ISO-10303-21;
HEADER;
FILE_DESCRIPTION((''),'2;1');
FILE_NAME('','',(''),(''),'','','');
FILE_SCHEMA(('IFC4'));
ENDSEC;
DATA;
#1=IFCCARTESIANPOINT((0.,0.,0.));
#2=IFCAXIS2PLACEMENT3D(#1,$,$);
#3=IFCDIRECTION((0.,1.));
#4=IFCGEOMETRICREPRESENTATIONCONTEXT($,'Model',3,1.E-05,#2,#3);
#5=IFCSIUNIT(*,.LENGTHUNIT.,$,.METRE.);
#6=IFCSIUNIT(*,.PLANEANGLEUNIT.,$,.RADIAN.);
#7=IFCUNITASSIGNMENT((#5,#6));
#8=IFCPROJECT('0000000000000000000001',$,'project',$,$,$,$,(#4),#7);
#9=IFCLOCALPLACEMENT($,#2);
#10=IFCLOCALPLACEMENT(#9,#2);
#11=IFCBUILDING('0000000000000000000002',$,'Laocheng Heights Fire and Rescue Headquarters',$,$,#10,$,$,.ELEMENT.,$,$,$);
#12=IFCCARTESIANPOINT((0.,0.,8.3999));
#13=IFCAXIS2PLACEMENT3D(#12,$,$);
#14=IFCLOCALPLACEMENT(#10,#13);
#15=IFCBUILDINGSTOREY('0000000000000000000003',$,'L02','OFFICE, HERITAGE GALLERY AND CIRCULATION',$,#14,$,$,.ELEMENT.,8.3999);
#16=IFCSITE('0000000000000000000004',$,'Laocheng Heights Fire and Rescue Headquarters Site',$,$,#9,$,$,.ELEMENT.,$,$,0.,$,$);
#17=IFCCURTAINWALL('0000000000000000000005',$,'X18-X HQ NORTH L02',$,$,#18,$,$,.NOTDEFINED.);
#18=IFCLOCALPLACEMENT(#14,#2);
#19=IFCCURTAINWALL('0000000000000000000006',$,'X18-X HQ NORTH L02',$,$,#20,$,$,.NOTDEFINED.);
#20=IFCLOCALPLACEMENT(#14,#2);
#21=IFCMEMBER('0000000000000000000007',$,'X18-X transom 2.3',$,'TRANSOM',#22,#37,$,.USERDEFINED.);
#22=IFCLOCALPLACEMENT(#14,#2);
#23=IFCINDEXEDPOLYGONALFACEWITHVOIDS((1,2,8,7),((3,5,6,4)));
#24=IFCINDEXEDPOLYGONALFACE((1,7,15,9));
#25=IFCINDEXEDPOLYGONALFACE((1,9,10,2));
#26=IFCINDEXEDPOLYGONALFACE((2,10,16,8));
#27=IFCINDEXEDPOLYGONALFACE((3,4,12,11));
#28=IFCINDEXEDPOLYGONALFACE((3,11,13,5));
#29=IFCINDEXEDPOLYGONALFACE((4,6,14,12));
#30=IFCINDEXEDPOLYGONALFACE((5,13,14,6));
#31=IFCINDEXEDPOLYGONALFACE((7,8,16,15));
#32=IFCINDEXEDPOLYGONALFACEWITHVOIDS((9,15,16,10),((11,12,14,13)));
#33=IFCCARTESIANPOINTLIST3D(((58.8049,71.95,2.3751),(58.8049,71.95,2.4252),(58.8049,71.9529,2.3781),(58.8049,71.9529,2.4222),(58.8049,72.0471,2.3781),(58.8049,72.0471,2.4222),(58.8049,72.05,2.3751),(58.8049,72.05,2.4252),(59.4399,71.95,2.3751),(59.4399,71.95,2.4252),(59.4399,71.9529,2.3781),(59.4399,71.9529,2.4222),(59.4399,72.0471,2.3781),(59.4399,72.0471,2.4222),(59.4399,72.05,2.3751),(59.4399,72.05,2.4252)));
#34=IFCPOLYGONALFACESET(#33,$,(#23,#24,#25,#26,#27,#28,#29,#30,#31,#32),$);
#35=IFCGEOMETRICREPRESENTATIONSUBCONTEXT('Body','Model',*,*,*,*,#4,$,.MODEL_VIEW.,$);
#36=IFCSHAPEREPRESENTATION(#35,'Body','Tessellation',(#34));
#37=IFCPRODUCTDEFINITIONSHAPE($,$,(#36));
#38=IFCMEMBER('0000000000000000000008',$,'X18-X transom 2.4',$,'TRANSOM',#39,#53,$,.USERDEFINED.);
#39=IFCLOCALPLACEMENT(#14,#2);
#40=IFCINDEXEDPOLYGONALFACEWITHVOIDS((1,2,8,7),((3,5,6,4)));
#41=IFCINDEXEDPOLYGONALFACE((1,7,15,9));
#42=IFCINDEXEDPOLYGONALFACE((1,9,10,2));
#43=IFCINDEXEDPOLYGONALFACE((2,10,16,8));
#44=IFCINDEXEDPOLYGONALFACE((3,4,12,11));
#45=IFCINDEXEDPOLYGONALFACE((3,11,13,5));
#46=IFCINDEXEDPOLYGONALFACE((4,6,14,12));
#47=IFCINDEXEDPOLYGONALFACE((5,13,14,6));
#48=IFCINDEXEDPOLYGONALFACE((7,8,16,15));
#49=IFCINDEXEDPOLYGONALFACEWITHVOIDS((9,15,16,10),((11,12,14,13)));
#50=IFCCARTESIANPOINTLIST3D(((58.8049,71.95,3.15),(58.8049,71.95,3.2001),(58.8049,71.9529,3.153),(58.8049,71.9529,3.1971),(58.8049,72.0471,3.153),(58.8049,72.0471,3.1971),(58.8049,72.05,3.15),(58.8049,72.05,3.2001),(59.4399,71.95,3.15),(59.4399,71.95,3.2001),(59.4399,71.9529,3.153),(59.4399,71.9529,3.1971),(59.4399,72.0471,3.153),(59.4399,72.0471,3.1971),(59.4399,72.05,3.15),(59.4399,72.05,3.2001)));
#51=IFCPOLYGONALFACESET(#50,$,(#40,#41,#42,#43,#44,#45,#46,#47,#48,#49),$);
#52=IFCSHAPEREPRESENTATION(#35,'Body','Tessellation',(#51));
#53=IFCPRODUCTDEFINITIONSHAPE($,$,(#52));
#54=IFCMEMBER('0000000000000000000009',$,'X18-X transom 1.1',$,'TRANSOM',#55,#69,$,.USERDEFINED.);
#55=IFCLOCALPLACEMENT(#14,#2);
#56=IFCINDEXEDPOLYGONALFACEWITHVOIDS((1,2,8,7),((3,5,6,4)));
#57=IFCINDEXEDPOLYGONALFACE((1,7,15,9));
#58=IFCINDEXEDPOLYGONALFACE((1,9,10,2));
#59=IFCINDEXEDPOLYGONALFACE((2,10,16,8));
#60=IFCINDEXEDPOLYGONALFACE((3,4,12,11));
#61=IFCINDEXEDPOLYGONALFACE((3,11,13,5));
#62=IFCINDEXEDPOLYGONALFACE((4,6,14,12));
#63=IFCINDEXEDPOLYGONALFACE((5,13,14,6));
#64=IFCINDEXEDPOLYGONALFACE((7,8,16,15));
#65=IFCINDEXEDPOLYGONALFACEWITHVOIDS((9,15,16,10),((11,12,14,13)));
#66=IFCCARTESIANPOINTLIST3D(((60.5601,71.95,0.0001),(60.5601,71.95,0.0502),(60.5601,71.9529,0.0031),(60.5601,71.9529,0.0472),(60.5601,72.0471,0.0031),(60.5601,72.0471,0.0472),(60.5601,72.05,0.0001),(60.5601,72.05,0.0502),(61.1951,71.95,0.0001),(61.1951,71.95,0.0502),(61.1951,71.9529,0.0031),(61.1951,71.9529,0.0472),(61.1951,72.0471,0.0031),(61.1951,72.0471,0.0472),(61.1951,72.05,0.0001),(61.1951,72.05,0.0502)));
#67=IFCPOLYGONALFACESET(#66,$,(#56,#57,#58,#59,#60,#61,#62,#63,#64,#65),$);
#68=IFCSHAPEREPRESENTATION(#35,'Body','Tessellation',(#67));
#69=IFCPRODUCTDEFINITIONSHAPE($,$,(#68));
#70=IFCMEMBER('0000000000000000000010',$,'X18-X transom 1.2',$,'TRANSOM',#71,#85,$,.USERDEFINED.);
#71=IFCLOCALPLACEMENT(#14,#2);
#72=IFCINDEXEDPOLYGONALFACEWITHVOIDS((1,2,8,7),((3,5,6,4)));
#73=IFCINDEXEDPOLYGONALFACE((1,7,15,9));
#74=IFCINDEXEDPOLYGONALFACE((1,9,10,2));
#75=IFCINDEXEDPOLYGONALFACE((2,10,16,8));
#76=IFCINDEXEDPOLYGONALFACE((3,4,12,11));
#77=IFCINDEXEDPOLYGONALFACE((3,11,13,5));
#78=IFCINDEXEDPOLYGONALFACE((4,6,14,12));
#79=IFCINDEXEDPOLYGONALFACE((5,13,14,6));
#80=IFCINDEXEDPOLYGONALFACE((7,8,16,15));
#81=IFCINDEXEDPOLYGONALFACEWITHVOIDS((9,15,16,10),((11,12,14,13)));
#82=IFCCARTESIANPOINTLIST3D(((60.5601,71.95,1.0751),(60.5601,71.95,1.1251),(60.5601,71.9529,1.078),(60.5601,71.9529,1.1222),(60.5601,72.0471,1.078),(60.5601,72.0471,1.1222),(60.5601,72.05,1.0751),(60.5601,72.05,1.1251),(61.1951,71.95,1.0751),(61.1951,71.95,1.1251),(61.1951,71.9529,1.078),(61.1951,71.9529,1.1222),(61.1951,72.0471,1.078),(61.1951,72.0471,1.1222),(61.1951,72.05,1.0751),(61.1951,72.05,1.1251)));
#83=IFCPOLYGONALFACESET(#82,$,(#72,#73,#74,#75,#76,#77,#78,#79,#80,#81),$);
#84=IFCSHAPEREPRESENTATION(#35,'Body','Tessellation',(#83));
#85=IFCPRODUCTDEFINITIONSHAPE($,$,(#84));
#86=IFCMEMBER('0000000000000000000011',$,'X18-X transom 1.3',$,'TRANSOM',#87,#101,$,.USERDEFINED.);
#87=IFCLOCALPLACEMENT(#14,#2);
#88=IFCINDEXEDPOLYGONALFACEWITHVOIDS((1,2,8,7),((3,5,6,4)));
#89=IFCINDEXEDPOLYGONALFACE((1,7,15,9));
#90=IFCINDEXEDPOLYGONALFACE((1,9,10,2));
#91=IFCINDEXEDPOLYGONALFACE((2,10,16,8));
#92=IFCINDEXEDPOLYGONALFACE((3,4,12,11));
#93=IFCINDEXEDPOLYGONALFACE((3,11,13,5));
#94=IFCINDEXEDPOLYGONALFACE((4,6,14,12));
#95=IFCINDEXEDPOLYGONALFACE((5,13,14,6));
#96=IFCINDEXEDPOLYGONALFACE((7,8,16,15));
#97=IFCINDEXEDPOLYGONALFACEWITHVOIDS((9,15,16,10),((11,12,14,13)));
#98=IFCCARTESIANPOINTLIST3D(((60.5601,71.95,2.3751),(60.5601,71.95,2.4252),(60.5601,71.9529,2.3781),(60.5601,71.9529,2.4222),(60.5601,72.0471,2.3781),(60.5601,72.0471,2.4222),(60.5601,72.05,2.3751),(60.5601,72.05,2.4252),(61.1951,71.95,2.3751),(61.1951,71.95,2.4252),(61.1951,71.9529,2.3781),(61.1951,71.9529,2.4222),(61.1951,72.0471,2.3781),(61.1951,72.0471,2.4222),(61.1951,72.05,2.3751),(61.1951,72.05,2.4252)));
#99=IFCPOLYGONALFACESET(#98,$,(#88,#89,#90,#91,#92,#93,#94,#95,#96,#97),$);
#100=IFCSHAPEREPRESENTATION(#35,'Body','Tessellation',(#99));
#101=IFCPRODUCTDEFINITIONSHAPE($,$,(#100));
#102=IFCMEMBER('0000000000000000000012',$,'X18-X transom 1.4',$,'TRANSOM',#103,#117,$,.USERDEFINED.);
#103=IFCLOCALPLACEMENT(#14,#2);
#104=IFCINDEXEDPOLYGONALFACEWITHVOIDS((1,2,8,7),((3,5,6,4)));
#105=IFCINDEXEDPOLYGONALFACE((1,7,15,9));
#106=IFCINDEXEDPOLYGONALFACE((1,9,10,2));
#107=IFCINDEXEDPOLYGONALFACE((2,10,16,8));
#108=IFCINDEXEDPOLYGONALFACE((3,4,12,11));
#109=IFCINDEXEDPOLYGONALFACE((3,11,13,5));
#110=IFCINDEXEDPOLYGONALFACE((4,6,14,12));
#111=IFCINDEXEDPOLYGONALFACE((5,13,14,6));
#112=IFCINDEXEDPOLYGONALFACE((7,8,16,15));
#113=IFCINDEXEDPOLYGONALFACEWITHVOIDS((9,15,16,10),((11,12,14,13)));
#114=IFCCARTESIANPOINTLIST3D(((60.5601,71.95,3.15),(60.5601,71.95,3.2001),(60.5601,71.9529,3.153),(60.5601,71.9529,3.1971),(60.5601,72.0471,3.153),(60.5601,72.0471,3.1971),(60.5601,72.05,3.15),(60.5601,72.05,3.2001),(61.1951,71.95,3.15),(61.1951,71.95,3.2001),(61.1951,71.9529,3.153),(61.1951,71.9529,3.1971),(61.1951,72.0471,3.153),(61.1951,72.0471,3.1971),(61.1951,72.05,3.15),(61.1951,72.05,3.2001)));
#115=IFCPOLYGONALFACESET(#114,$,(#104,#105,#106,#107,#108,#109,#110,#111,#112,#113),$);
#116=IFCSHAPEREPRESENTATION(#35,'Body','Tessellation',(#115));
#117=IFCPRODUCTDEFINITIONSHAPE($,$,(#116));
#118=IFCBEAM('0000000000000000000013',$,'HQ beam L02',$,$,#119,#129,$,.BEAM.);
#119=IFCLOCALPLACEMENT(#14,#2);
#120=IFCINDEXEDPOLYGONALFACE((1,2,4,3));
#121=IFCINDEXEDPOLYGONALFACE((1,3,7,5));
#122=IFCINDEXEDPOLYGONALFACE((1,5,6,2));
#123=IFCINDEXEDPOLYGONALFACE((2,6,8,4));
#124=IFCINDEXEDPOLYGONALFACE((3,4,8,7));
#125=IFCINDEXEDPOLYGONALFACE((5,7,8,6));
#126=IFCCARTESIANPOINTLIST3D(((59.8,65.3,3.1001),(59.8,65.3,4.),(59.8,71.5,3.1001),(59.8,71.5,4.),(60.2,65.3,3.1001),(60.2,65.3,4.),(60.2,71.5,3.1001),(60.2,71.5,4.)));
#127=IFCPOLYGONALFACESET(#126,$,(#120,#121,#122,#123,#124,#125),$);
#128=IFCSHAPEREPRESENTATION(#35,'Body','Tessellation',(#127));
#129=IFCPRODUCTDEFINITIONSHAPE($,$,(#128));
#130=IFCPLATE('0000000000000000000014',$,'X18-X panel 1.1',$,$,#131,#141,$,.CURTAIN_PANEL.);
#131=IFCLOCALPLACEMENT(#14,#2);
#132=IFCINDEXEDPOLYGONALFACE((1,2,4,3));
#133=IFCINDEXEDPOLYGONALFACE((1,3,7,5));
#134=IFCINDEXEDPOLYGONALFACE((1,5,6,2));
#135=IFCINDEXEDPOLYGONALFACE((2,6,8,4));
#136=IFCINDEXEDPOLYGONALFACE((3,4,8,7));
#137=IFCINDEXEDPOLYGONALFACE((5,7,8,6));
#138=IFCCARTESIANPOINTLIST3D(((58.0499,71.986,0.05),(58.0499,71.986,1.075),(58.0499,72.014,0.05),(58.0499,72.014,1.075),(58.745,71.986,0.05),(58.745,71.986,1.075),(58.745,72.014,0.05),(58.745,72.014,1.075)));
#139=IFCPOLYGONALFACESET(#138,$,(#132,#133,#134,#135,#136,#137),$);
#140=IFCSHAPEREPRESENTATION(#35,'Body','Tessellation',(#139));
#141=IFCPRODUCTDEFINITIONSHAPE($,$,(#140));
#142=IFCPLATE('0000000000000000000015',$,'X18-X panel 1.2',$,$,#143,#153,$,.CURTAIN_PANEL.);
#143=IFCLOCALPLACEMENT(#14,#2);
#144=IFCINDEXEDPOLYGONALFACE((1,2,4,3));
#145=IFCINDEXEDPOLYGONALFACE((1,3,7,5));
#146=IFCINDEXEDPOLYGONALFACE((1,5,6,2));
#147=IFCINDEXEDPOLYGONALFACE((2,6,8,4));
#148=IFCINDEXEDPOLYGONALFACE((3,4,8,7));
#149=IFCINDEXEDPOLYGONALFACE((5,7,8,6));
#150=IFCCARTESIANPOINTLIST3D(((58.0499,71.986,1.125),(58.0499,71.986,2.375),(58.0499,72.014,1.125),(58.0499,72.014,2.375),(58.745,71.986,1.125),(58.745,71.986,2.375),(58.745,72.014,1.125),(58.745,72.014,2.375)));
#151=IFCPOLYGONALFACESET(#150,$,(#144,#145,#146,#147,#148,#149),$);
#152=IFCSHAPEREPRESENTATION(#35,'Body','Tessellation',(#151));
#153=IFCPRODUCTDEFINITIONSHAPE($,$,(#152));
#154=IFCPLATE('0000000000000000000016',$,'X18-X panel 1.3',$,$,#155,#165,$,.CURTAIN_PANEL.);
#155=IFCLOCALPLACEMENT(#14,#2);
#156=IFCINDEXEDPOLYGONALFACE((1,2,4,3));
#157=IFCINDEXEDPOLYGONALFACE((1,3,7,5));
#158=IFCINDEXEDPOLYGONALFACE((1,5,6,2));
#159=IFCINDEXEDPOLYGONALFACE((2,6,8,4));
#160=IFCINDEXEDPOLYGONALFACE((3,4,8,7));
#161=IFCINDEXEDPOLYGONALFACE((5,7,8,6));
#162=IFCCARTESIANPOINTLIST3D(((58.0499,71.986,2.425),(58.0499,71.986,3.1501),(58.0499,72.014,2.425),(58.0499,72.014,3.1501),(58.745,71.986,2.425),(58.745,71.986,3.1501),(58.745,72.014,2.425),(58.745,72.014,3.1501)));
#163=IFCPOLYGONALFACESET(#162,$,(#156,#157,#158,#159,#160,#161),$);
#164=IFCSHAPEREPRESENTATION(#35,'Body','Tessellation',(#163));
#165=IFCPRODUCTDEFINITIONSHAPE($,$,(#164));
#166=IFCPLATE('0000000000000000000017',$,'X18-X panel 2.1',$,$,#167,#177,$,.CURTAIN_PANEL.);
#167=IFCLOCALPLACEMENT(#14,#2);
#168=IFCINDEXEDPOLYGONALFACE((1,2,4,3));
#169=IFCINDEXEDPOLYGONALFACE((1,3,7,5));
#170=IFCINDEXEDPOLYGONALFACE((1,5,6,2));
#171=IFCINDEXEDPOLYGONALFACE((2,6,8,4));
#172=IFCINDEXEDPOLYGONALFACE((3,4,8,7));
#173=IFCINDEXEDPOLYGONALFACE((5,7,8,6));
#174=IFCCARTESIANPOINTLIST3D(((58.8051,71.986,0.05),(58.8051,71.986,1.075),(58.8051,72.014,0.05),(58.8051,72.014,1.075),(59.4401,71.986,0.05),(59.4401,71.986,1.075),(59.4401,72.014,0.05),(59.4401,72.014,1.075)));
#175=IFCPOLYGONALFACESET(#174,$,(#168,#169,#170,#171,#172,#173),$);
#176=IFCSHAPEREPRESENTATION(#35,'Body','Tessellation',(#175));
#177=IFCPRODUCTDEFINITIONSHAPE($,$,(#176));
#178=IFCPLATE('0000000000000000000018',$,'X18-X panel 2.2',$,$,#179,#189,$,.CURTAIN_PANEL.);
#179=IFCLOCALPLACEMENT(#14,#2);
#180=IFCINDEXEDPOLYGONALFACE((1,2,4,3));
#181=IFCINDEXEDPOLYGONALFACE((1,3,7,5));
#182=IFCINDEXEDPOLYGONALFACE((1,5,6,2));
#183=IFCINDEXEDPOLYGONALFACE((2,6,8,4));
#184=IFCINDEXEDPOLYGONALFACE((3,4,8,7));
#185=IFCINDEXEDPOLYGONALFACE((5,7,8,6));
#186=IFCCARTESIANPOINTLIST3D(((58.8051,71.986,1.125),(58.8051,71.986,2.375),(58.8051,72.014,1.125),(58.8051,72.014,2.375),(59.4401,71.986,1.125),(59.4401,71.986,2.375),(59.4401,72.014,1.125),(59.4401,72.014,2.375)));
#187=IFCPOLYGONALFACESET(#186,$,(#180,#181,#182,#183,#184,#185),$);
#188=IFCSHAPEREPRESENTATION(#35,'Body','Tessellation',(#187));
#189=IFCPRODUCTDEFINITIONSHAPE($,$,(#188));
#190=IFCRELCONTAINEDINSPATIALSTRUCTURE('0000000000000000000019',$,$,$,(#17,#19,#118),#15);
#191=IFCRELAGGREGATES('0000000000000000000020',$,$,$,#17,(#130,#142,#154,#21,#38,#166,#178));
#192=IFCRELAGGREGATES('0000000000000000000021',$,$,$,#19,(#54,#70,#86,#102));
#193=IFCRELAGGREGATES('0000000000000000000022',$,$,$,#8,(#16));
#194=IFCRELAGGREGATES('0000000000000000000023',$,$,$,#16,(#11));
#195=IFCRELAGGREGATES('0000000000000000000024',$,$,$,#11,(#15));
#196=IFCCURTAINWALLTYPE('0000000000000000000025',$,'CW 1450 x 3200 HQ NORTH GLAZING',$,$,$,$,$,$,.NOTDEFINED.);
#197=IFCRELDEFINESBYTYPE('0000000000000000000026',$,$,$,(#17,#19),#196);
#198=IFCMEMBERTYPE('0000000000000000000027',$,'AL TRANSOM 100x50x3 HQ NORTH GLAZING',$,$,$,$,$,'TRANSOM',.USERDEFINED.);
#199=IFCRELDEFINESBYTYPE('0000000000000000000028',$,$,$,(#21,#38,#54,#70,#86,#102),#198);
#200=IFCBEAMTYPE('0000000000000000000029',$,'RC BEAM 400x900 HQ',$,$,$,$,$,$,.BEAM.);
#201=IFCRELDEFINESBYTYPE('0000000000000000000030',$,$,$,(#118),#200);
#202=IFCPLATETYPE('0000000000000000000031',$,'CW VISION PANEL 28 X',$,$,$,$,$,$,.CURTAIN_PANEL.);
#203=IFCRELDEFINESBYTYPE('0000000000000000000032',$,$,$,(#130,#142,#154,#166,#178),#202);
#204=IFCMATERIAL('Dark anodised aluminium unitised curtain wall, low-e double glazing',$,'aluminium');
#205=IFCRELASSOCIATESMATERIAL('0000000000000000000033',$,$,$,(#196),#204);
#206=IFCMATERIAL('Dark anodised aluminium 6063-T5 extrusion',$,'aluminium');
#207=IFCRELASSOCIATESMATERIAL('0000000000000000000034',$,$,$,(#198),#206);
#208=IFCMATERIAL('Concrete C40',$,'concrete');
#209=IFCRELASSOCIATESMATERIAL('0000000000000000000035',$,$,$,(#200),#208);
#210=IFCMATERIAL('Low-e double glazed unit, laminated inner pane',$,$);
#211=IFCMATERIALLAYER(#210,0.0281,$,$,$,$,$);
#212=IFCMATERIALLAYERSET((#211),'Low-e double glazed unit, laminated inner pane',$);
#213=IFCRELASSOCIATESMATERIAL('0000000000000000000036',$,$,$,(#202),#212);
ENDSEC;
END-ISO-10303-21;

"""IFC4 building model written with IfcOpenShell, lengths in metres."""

from ifc_helpers import new_model, si_unit, direction, frame, origin, origin_2d, place, context, subcontext, project, spatial, rectangle, hollow_rectangle, extrude, material, layer, layer_set, material_profile, profile_set, type_object, element, aggregate, save


model = new_model("IFC4")

# Units and contexts
model_context = context("Model", 3, precision=1e-05, world=origin(), true_north=direction((0.0, 1.0)))
body_context = subcontext(model_context, "Body", "Model", "MODEL_VIEW")
ifc_project = project(units=[si_unit("LENGTHUNIT", "METRE"), si_unit("PLANEANGLEUNIT", "RADIAN")], contexts=[model_context])

# Site, building, storey
site_placement = place(None, origin())
site = spatial("IfcSite", under=ifc_project, at=site_placement, Name="Laocheng Heights Fire and Rescue Headquarters Site", CompositionType="ELEMENT", RefElevation=0.0)
building_placement = place(site_placement, origin())
building = spatial("IfcBuilding", under=site, at=building_placement, Name="Laocheng Heights Fire and Rescue Headquarters", CompositionType="ELEMENT")
storey_placement = place(building_placement, frame((0.0, 0.0, 8.3999)))
storey = spatial("IfcBuildingStorey", under=building, at=storey_placement, Name="L02", Description="OFFICE, HERITAGE GALLERY AND CIRCULATION", CompositionType="ELEMENT", Elevation=8.3999)

# Curtain wall
ifc_material_1 = material(Name="Dark anodised aluminium unitised curtain wall, low-e double glazing", Category="aluminium")
curtain_wall_type = type_object("IfcCurtainWallType", Name="CW 1450 x 3200 HQ NORTH GLAZING", PredefinedType="NOTDEFINED", material=ifc_material_1)
curtain_wall_1_placement = place(storey_placement, origin())
curtain_wall_1 = element("IfcCurtainWall", 1, at=curtain_wall_1_placement, inside=storey, type_object=curtain_wall_type, Name="X18-X HQ NORTH L02", PredefinedType="NOTDEFINED")

# Curtain wall
curtain_wall_2_placement = place(storey_placement, origin())
curtain_wall_2 = element("IfcCurtainWall", 2, at=curtain_wall_2_placement, inside=storey, type_object=curtain_wall_type, Name="X18-X HQ NORTH L02", PredefinedType="NOTDEFINED")

# Members
ifc_material_2 = material(Name="Dark anodised aluminium 6063-T5 extrusion", Category="aluminium")
ifc_material_profile_1 = material_profile(ifc_material_2, hollow_rectangle(XDim=0.1001, YDim=0.05, WallThickness=0.0029, at=origin_2d()), Name="AL TRANSOM 100x50x3 HQ NORTH GLAZING")
ifc_profile_set_1 = profile_set([ifc_material_profile_1], Name="Dark anodised aluminium 6063-T5 extrusion")
member_type_1 = type_object("IfcMemberType", Name="AL TRANSOM 100x50x3 HQ NORTH GLAZING", ElementType="TRANSOM", PredefinedType="USERDEFINED", material=ifc_profile_set_1)
member_1_placement = place(storey_placement, frame((58.8049, 72.0, 2.4001), z_axis=(1.0, 0.0, 0.0), x_axis=(0.0, 1.0, 0.0)))
member_1 = element("IfcMember", 3, at=member_1_placement, type_object=member_type_1, Name="X18-X transom 2.3", ObjectType="TRANSOM", PredefinedType="USERDEFINED", context=body_context, shape_type="SweptSolid", body=[
    extrude(hollow_rectangle(XDim=0.1001, YDim=0.05, WallThickness=0.0029, at=origin_2d()), origin(), (0.0, 0.0, 1.0), 0.635),
])
member_2_placement = place(storey_placement, frame((58.8049, 72.0, 3.175), z_axis=(1.0, 0.0, 0.0), x_axis=(0.0, 1.0, 0.0)))
member_2 = element("IfcMember", 4, at=member_2_placement, type_object=member_type_1, Name="X18-X transom 2.4", ObjectType="TRANSOM", PredefinedType="USERDEFINED", context=body_context, shape_type="SweptSolid", body=[
    extrude(hollow_rectangle(XDim=0.1001, YDim=0.05, WallThickness=0.0029, at=origin_2d()), origin(), (0.0, 0.0, 1.0), 0.635),
])
member_3_placement = place(storey_placement, frame((60.5601, 72.0, 0.0251), z_axis=(1.0, 0.0, 0.0), x_axis=(0.0, 1.0, 0.0)))
member_3 = element("IfcMember", 5, at=member_3_placement, type_object=member_type_1, Name="X18-X transom 1.1", ObjectType="TRANSOM", PredefinedType="USERDEFINED", context=body_context, shape_type="SweptSolid", body=[
    extrude(hollow_rectangle(XDim=0.1001, YDim=0.05, WallThickness=0.0029, at=origin_2d()), origin(), (0.0, 0.0, 1.0), 0.635),
])
member_4_placement = place(storey_placement, frame((60.5601, 72.0, 1.1001), z_axis=(1.0, 0.0, 0.0), x_axis=(0.0, 1.0, 0.0)))
member_4 = element("IfcMember", 6, at=member_4_placement, type_object=member_type_1, Name="X18-X transom 1.2", ObjectType="TRANSOM", PredefinedType="USERDEFINED", context=body_context, shape_type="SweptSolid", body=[
    extrude(hollow_rectangle(XDim=0.1001, YDim=0.05, WallThickness=0.0029, at=origin_2d()), origin(), (0.0, 0.0, 1.0), 0.635),
])
member_5_placement = place(storey_placement, frame((60.5601, 72.0, 2.4001), z_axis=(1.0, 0.0, 0.0), x_axis=(0.0, 1.0, 0.0)))
member_5 = element("IfcMember", 7, at=member_5_placement, type_object=member_type_1, Name="X18-X transom 1.3", ObjectType="TRANSOM", PredefinedType="USERDEFINED", context=body_context, shape_type="SweptSolid", body=[
    extrude(hollow_rectangle(XDim=0.1001, YDim=0.05, WallThickness=0.0029, at=origin_2d()), origin(), (0.0, 0.0, 1.0), 0.635),
])
member_6_placement = place(storey_placement, frame((60.5601, 72.0, 3.175), z_axis=(1.0, 0.0, 0.0), x_axis=(0.0, 1.0, 0.0)))
member_6 = element("IfcMember", 8, at=member_6_placement, type_object=member_type_1, Name="X18-X transom 1.4", ObjectType="TRANSOM", PredefinedType="USERDEFINED", context=body_context, shape_type="SweptSolid", body=[
    extrude(hollow_rectangle(XDim=0.1001, YDim=0.05, WallThickness=0.0029, at=origin_2d()), origin(), (0.0, 0.0, 1.0), 0.635),
])

# Beam
ifc_material_3 = material(Name="Concrete C40", Category="concrete")
ifc_material_profile_2 = material_profile(ifc_material_3, rectangle(XDim=0.3999, YDim=0.8999, at=origin_2d()), Name="RC BEAM 400x900 HQ")
ifc_profile_set_2 = profile_set([ifc_material_profile_2], Name="Concrete C40")
beam_type = type_object("IfcBeamType", Name="RC BEAM 400x900 HQ", PredefinedType="BEAM", material=ifc_profile_set_2)
beam_placement = place(storey_placement, frame((60.0, 65.3, 3.55), z_axis=(0.0, 1.0, 0.0), x_axis=(-1.0, 0.0, 0.0)))
element("IfcBeam", 9, at=beam_placement, inside=storey, type_object=beam_type, Name="HQ beam L02", PredefinedType="BEAM", context=body_context, shape_type="SweptSolid", body=[
    extrude(rectangle(XDim=0.3999, YDim=0.8999, at=origin_2d()), origin(), (0.0, 0.0, 1.0), 6.2),
])

# Plates
ifc_material_4 = material(Name="Low-e double glazed unit, laminated inner pane")
ifc_layer_1 = layer(ifc_material_4, 0.0281)
ifc_layer_set_1 = layer_set([ifc_layer_1], Name="Low-e double glazed unit, laminated inner pane")
plate_type = type_object("IfcPlateType", Name="CW VISION PANEL 28 X", PredefinedType="CURTAIN_PANEL", material=ifc_layer_set_1)
plate_1_placement = place(storey_placement, frame((58.3975, 72.0, 0.05), z_axis=(0.0, 0.0, 1.0), x_axis=(1.0, 0.0, 0.0)))
plate_1 = element("IfcPlate", 10, at=plate_1_placement, type_object=plate_type, Name="X18-X panel 1.1", PredefinedType="CURTAIN_PANEL", context=body_context, shape_type="SweptSolid", body=[
    extrude(rectangle(XDim=0.6951, YDim=0.0281, at=origin_2d()), origin(), (0.0, 0.0, 1.0), 1.0249),
])
plate_2_placement = place(storey_placement, frame((58.3975, 72.0, 1.125), z_axis=(0.0, 0.0, 1.0), x_axis=(1.0, 0.0, 0.0)))
plate_2 = element("IfcPlate", 11, at=plate_2_placement, type_object=plate_type, Name="X18-X panel 1.2", PredefinedType="CURTAIN_PANEL", context=body_context, shape_type="SweptSolid", body=[
    extrude(rectangle(XDim=0.6951, YDim=0.0281, at=origin_2d()), origin(), (0.0, 0.0, 1.0), 1.25),
])
plate_3_placement = place(storey_placement, frame((58.3975, 72.0, 2.425), z_axis=(0.0, 0.0, 1.0), x_axis=(1.0, 0.0, 0.0)))
plate_3 = element("IfcPlate", 12, at=plate_3_placement, type_object=plate_type, Name="X18-X panel 1.3", PredefinedType="CURTAIN_PANEL", context=body_context, shape_type="SweptSolid", body=[
    extrude(rectangle(XDim=0.6951, YDim=0.0281, at=origin_2d()), origin(), (0.0, 0.0, 1.0), 0.7251),
])
plate_4_placement = place(storey_placement, frame((59.1226, 72.0, 0.05), z_axis=(0.0, 0.0, 1.0), x_axis=(1.0, 0.0, 0.0)))
plate_4 = element("IfcPlate", 13, at=plate_4_placement, type_object=plate_type, Name="X18-X panel 2.1", PredefinedType="CURTAIN_PANEL", context=body_context, shape_type="SweptSolid", body=[
    extrude(rectangle(XDim=0.635, YDim=0.0281, at=origin_2d()), origin(), (0.0, 0.0, 1.0), 1.0249),
])
plate_5_placement = place(storey_placement, frame((59.1226, 72.0, 1.125), z_axis=(0.0, 0.0, 1.0), x_axis=(1.0, 0.0, 0.0)))
plate_5 = element("IfcPlate", 14, at=plate_5_placement, type_object=plate_type, Name="X18-X panel 2.2", PredefinedType="CURTAIN_PANEL", context=body_context, shape_type="SweptSolid", body=[
    extrude(rectangle(XDim=0.635, YDim=0.0281, at=origin_2d()), origin(), (0.0, 0.0, 1.0), 1.25),
])
aggregate(curtain_wall_1, [plate_1, plate_2, plate_3, member_1, member_2, plate_4, plate_5])
aggregate(curtain_wall_2, [member_3, member_4, member_5, member_6])

save(model, "model.ifc")
